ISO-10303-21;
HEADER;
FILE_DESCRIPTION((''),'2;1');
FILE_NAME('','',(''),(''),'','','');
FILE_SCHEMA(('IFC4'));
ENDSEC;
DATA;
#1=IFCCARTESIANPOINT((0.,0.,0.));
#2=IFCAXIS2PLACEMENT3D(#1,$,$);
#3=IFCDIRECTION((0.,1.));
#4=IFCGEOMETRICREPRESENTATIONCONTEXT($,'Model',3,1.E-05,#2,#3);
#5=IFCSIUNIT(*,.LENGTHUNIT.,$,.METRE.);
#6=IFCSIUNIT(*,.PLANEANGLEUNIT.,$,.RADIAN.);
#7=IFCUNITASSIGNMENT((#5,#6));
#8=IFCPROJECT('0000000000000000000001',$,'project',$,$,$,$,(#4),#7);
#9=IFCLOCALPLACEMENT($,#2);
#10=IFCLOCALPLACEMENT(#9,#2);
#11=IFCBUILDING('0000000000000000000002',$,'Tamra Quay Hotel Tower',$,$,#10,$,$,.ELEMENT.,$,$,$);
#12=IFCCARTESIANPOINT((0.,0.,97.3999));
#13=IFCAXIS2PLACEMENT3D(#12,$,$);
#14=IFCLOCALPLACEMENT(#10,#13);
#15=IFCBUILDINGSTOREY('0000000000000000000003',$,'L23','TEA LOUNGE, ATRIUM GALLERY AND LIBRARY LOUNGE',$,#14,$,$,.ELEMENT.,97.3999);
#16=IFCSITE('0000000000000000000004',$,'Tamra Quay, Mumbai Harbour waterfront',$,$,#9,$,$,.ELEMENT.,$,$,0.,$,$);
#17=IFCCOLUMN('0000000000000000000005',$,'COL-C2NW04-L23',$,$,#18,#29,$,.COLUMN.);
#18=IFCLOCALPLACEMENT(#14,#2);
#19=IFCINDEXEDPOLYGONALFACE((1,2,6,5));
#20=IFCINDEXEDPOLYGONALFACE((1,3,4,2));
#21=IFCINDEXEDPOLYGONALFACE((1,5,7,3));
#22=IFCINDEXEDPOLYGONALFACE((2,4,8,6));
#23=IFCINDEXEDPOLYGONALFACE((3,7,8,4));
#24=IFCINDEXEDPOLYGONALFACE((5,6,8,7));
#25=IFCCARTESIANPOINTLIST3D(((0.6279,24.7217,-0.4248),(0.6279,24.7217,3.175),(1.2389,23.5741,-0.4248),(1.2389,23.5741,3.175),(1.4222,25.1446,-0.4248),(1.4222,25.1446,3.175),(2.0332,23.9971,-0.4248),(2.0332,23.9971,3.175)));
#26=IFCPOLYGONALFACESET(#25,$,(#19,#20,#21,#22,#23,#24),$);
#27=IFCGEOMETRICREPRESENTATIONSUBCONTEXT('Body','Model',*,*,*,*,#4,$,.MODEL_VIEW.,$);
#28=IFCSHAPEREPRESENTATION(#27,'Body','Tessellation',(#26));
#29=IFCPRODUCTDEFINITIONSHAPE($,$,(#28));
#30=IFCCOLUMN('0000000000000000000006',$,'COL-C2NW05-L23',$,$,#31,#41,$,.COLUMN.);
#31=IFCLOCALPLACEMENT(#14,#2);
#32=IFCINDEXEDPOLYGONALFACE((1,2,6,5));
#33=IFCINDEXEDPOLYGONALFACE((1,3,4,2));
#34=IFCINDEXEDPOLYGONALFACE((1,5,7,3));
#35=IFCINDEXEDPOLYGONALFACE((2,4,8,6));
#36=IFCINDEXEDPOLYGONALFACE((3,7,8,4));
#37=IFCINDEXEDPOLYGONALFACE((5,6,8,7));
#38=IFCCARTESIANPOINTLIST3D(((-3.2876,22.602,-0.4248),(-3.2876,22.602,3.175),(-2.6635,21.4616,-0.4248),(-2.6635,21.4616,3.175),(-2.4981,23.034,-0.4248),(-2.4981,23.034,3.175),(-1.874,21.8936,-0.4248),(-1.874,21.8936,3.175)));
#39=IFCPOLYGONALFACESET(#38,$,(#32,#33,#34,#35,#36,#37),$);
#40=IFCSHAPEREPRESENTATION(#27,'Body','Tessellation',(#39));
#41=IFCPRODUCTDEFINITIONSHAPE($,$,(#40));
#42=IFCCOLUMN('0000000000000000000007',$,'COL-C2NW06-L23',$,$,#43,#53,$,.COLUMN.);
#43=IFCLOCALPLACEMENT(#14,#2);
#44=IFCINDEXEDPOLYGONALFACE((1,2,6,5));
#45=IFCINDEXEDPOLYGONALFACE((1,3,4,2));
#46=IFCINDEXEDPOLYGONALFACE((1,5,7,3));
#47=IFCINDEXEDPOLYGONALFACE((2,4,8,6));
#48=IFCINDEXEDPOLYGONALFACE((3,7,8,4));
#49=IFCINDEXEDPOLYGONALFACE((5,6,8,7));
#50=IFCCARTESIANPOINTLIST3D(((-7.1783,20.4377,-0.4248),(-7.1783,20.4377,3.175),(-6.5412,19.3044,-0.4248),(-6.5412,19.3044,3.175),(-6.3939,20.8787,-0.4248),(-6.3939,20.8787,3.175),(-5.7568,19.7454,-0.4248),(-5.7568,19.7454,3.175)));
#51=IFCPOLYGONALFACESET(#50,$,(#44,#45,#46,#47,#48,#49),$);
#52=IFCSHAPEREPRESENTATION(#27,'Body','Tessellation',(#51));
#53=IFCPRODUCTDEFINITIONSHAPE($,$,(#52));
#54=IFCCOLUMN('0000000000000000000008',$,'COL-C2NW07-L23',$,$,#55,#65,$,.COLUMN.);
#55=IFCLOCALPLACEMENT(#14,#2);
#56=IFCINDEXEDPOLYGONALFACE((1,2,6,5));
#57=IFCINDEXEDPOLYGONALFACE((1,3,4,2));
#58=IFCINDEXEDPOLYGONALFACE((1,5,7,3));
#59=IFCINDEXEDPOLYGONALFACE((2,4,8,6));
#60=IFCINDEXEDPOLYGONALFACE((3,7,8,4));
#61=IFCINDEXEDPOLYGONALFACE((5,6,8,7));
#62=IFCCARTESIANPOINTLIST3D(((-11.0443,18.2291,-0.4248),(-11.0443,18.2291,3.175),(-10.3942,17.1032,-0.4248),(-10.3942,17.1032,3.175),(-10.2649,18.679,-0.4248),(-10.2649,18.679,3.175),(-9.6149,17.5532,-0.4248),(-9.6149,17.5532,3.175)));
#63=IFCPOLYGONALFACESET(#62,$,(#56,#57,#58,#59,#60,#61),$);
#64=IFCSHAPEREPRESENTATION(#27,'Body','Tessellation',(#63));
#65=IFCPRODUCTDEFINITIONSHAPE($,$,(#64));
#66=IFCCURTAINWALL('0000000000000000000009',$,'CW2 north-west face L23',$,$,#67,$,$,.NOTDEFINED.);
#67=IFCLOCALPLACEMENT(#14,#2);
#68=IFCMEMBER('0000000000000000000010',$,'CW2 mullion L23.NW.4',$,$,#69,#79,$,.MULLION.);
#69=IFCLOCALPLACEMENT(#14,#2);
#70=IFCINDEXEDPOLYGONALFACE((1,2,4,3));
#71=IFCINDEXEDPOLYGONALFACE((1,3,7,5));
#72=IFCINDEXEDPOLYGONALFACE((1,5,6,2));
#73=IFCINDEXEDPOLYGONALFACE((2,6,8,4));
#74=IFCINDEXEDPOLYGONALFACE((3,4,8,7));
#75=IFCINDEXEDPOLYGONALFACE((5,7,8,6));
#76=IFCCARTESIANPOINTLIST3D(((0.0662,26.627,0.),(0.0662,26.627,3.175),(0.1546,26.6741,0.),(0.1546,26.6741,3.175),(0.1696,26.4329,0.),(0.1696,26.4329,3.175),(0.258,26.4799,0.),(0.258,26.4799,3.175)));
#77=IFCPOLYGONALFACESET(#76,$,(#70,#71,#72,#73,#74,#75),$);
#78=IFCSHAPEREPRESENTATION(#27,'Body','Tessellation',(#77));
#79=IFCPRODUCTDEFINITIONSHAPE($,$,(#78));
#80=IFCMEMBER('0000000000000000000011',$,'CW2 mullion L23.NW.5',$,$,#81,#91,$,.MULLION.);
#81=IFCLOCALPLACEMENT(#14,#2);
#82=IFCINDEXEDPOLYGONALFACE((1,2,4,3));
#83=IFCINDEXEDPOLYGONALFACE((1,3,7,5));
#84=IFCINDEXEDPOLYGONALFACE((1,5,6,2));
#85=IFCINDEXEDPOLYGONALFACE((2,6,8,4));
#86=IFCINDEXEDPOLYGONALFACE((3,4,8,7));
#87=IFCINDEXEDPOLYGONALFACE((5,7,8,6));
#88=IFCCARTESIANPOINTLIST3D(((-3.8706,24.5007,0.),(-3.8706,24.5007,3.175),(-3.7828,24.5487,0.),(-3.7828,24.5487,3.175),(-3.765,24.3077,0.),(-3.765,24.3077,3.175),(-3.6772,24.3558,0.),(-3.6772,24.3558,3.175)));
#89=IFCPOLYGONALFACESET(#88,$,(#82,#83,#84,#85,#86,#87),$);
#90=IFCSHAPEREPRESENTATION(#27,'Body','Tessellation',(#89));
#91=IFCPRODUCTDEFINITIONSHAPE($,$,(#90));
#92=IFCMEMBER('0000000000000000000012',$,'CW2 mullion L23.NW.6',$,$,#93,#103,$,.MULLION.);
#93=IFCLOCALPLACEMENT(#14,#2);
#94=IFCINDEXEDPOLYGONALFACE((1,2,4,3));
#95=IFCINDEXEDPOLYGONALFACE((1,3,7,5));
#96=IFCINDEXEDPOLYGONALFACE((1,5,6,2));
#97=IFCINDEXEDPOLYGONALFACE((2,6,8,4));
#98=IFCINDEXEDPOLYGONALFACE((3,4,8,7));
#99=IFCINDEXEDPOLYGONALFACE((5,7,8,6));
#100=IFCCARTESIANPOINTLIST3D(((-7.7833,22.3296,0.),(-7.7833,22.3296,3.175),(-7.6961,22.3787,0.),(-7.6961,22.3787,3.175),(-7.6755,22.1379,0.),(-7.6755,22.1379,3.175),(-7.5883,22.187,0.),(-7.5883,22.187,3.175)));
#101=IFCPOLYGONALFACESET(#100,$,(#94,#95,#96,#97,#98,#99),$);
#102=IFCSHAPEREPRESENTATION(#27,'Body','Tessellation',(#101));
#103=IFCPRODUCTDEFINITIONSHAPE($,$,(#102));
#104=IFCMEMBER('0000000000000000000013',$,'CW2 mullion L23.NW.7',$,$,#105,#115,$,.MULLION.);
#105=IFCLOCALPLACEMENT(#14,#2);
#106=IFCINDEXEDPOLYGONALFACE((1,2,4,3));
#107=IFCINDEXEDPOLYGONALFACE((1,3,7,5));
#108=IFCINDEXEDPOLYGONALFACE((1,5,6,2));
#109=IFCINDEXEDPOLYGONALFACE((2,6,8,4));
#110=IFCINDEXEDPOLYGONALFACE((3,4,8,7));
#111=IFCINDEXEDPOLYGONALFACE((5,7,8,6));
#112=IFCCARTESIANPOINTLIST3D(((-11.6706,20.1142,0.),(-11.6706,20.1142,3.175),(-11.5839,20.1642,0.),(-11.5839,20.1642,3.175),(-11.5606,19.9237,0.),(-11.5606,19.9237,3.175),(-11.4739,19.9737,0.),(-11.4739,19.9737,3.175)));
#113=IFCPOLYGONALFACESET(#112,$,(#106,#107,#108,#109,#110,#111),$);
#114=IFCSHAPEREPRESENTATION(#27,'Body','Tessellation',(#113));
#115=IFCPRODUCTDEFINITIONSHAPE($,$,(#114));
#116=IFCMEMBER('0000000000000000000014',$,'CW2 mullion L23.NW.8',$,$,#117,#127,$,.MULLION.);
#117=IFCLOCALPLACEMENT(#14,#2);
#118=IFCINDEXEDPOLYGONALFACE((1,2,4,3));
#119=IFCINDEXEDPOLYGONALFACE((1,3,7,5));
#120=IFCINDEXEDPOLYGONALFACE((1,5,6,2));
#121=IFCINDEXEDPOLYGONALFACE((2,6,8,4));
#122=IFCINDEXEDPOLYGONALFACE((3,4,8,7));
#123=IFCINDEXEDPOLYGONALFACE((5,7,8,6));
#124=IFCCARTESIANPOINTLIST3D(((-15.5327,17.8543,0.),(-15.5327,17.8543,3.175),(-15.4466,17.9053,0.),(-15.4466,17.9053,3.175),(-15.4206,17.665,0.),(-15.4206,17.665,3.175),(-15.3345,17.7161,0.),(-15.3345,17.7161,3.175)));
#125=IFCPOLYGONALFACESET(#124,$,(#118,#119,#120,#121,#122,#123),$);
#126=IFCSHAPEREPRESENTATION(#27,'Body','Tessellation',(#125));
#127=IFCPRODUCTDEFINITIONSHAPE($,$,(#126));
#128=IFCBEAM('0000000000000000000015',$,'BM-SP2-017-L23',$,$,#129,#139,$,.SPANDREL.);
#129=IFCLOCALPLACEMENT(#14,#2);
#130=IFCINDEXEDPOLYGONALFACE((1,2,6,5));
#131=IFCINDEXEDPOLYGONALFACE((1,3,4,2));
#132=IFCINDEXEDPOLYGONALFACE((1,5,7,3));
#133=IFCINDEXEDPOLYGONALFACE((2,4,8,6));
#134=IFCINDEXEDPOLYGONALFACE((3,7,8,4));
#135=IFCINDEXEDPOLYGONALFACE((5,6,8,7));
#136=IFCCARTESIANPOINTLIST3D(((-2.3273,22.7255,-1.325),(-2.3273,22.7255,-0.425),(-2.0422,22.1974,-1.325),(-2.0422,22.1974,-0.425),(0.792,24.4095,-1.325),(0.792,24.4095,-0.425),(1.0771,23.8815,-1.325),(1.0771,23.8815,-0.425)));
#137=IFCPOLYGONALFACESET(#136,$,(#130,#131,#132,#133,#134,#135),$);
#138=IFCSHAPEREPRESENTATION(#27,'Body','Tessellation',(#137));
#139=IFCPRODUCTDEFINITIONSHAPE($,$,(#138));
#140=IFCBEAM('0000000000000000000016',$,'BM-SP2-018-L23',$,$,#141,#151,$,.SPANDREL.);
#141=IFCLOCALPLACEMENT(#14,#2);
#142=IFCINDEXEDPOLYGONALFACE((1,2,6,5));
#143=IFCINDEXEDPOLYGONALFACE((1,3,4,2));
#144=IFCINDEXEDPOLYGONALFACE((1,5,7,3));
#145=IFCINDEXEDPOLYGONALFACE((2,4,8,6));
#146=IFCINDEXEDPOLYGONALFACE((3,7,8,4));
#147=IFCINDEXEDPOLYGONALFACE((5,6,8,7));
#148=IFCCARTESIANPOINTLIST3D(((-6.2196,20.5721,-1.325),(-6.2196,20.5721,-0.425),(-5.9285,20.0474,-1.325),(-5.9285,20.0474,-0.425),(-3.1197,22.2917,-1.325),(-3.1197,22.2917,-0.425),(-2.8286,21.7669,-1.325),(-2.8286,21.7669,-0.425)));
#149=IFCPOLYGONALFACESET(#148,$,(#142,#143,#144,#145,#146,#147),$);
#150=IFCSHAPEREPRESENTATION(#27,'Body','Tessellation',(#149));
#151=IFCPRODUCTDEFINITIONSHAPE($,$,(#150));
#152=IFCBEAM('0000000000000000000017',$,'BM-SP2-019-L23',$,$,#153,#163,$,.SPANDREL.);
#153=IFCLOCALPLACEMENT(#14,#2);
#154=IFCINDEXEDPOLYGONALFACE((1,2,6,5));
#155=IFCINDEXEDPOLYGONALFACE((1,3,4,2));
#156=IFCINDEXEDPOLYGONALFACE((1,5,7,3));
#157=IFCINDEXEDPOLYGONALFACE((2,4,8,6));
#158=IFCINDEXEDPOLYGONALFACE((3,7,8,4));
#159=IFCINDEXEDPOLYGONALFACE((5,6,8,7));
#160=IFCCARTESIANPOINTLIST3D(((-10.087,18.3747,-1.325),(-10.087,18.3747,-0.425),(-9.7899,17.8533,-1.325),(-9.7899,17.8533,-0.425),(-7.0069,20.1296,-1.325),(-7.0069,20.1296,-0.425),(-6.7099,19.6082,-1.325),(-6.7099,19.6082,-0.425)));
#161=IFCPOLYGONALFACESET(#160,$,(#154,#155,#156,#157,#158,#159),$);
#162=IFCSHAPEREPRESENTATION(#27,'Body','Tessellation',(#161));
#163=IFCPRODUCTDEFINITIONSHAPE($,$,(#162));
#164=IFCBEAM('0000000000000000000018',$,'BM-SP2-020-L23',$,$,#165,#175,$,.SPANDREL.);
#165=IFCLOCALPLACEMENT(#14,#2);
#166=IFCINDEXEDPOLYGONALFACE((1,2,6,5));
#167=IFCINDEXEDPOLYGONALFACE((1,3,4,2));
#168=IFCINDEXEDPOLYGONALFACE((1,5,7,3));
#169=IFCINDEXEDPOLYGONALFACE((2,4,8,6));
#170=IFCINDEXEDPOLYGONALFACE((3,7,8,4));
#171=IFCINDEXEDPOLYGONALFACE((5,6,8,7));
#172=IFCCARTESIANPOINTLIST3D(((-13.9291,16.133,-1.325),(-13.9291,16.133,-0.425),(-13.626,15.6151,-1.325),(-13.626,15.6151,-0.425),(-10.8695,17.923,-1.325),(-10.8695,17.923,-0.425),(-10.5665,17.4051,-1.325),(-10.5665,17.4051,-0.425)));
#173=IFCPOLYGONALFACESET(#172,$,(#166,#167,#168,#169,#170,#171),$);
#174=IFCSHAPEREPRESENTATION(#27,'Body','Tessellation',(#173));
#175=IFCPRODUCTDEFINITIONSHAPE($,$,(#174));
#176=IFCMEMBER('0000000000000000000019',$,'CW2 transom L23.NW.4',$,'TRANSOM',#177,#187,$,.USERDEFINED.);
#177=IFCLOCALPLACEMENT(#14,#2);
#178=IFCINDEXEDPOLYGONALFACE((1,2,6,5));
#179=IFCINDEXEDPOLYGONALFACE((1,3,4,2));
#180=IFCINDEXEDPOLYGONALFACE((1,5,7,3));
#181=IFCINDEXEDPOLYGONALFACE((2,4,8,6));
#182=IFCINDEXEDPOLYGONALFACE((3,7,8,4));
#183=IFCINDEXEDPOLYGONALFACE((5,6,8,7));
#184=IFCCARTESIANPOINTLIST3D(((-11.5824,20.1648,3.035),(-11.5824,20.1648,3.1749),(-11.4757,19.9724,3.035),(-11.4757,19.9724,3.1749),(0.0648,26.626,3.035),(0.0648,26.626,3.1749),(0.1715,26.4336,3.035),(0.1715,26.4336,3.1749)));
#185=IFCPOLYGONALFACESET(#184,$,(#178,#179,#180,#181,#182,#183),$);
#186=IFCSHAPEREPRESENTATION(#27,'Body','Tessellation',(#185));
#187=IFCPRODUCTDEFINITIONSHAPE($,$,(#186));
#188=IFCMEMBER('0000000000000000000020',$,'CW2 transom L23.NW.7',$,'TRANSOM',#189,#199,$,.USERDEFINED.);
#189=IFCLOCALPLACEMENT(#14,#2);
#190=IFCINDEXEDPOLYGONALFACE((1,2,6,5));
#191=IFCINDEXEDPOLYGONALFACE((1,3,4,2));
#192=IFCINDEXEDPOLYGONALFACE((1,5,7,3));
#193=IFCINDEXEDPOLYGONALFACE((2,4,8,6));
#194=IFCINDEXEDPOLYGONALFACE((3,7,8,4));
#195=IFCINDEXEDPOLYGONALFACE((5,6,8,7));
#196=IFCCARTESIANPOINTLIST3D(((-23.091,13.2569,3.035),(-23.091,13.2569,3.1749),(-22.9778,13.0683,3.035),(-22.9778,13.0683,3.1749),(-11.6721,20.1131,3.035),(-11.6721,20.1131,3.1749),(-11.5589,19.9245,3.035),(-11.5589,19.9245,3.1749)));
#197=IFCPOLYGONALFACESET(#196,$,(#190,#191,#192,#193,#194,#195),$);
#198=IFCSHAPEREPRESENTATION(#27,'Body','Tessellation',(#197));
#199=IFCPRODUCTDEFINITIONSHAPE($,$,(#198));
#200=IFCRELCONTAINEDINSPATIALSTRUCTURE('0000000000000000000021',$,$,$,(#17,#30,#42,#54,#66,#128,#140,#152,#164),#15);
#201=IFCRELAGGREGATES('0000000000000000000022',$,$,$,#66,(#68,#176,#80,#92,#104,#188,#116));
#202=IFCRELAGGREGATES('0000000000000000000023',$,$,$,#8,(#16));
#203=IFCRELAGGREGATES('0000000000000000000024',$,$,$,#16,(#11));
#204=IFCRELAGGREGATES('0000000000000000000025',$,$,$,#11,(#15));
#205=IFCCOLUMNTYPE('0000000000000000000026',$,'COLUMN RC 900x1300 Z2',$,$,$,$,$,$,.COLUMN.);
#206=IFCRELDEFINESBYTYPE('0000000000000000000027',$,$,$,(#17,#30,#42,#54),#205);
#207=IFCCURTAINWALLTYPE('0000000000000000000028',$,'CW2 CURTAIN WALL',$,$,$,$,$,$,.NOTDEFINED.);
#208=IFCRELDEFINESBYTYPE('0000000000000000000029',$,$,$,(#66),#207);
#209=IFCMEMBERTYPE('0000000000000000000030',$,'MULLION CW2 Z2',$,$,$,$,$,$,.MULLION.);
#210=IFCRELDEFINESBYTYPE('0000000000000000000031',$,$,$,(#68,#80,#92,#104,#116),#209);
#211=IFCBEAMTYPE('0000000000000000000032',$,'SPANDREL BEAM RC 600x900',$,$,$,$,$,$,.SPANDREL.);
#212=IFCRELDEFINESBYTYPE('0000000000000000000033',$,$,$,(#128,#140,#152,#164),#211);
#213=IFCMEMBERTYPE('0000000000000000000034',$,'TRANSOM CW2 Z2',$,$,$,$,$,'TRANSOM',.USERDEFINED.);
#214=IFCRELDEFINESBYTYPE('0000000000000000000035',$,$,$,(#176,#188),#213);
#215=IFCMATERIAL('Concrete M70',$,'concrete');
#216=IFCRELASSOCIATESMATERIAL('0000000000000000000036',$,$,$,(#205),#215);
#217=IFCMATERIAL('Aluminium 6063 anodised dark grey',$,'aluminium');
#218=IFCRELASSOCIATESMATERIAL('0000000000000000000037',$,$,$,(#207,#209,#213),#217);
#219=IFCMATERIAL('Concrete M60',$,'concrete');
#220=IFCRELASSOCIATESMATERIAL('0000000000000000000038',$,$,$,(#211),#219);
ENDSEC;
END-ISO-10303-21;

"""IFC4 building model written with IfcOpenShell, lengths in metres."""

from ifc_helpers import new_model, si_unit, direction, frame, origin, origin_2d, place, context, subcontext, project, spatial, rectangle, extrude, material, material_profile, profile_set, type_object, element, aggregate, save


model = new_model("IFC4")

# Units and contexts
model_context = context("Model", 3, precision=1e-05, world=origin(), true_north=direction((0.0, 1.0)))
body_context = subcontext(model_context, "Body", "Model", "MODEL_VIEW")
ifc_project = project(units=[si_unit("LENGTHUNIT", "METRE"), si_unit("PLANEANGLEUNIT", "RADIAN")], contexts=[model_context])

# Site, building, storey
site_placement = place(None, origin())
site = spatial("IfcSite", under=ifc_project, at=site_placement, Name="Tamra Quay, Mumbai Harbour waterfront", CompositionType="ELEMENT", RefElevation=0.0)
building_placement = place(site_placement, origin())
building = spatial("IfcBuilding", under=site, at=building_placement, Name="Tamra Quay Hotel Tower", CompositionType="ELEMENT")
storey_placement = place(building_placement, frame((0.0, 0.0, 97.3999)))
storey = spatial("IfcBuildingStorey", under=building, at=storey_placement, Name="L23", Description="TEA LOUNGE, ATRIUM GALLERY AND LIBRARY LOUNGE", CompositionType="ELEMENT", Elevation=97.3999)

# Columns
ifc_material_1 = material(Name="Concrete M70", Category="concrete")
ifc_material_profile_1 = material_profile(ifc_material_1, rectangle(XDim=1.3, YDim=0.8999, at=origin_2d()), Name="COLUMN RC 900x1300 Z2")
ifc_profile_set_1 = profile_set([ifc_material_profile_1], Name="Concrete M70")
column_type = type_object("IfcColumnType", Name="COLUMN RC 900x1300 Z2", PredefinedType="COLUMN", material=ifc_profile_set_1)
for number, where, z_axis, x_axis, name in (
    (1, (1.3306, 24.3594, -0.4248), (0.0, 0.0, 1.0), (-0.470002, 0.882666, 0.0), "COL-C2NW04-L23"),
    (2, (-2.5808, 22.2478, -0.4248), (0.0, 0.0, 1.0), (-0.48006, 0.877236, 0.0), "COL-C2NW05-L23"),
    (3, (-6.4675, 20.0916, -0.4248), (0.0, 0.0, 1.0), (-0.490061, 0.871688, 0.0), "COL-C2NW06-L23"),
    (4, (-10.3296, 17.8911, -0.4248), (0.0, 0.0, 1.0), (-0.5, 0.866025, 0.0), "COL-C2NW07-L23"),
):
    element("IfcColumn", number, at=place(storey_placement, frame(where, z_axis=z_axis, x_axis=x_axis)), inside=storey, type_object=column_type, Name=name, PredefinedType="COLUMN", context=body_context, shape_type="SweptSolid", body=[
        extrude(rectangle(XDim=1.3, YDim=0.8999, at=origin_2d()), origin(), (0.0, 0.0, 1.0), 3.5999),
    ])

# Curtain wall, members
ifc_material_2 = material(Name="Aluminium 6063 anodised dark grey", Category="aluminium")
curtain_wall_type = type_object("IfcCurtainWallType", Name="CW2 CURTAIN WALL", PredefinedType="NOTDEFINED", material=ifc_material_2)
curtain_wall_placement = place(storey_placement, origin())
curtain_wall = element("IfcCurtainWall", 5, at=curtain_wall_placement, inside=storey, type_object=curtain_wall_type, Name="CW2 north-west face L23", PredefinedType="NOTDEFINED")
ifc_material_profile_2 = material_profile(ifc_material_2, rectangle(XDim=0.22, YDim=0.1001, at=origin_2d()), Name="MULLION 100X220")
ifc_profile_set_2 = profile_set([ifc_material_profile_2], Name="Aluminium 6063 anodised dark grey")
member_type_1 = type_object("IfcMemberType", Name="MULLION CW2 Z2", PredefinedType="MULLION", material=ifc_profile_set_2)
member_1_placement = place(storey_placement, frame((0.1621, 26.5535, 0.0), z_axis=(0.0, 0.0, 1.0), x_axis=(-0.470049, 0.88264, 0.0)))
member_1 = element("IfcMember", 6, at=member_1_placement, type_object=member_type_1, Name="CW2 mullion L23.NW.4", PredefinedType="MULLION", context=body_context, shape_type="SweptSolid", body=[
    extrude(rectangle(XDim=0.22, YDim=0.1001, at=origin_2d()), origin(), (0.0, 0.0, 1.0), 3.175),
])
member_2_placement = place(storey_placement, frame((-3.7739, 24.4282, 0.0), z_axis=(0.0, 0.0, 1.0), x_axis=(-0.480089, 0.87722, 0.0)))
member_2 = element("IfcMember", 7, at=member_2_placement, type_object=member_type_1, Name="CW2 mullion L23.NW.5", PredefinedType="MULLION", context=body_context, shape_type="SweptSolid", body=[
    extrude(rectangle(XDim=0.22, YDim=0.1001, at=origin_2d()), origin(), (0.0, 0.0, 1.0), 3.175),
])
member_3_placement = place(storey_placement, frame((-7.6858, 22.2583, 0.0), z_axis=(0.0, 0.0, 1.0), x_axis=(-0.490074, 0.871681, 0.0)))
member_3 = element("IfcMember", 8, at=member_3_placement, type_object=member_type_1, Name="CW2 mullion L23.NW.6", PredefinedType="MULLION", context=body_context, shape_type="SweptSolid", body=[
    extrude(rectangle(XDim=0.22, YDim=0.1001, at=origin_2d()), origin(), (0.0, 0.0, 1.0), 3.175),
])
member_4_placement = place(storey_placement, frame((-11.5723, 20.0439, 0.0), z_axis=(0.0, 0.0, 1.0), x_axis=(-0.5, 0.866025, 0.0)))
member_4 = element("IfcMember", 9, at=member_4_placement, type_object=member_type_1, Name="CW2 mullion L23.NW.7", PredefinedType="MULLION", context=body_context, shape_type="SweptSolid", body=[
    extrude(rectangle(XDim=0.22, YDim=0.1001, at=origin_2d()), origin(), (0.0, 0.0, 1.0), 3.175),
])
member_5_placement = place(storey_placement, frame((-15.4336, 17.7852, 0.0), z_axis=(0.0, 0.0, 1.0), x_axis=(-0.50986, 0.860257, 0.0)))
member_5 = element("IfcMember", 10, at=member_5_placement, type_object=member_type_1, Name="CW2 mullion L23.NW.8", PredefinedType="MULLION", context=body_context, shape_type="SweptSolid", body=[
    extrude(rectangle(XDim=0.22, YDim=0.1001, at=origin_2d()), origin(), (0.0, 0.0, 1.0), 3.175),
])

# Beams
ifc_material_3 = material(Name="Concrete M60", Category="concrete")
ifc_material_profile_3 = material_profile(ifc_material_3, rectangle(XDim=0.6001, YDim=0.8999, at=origin_2d()), Name="SPANDREL BEAM RC 600x900")
ifc_profile_set_3 = profile_set([ifc_material_profile_3], Name="Concrete M60")
beam_type = type_object("IfcBeamType", Name="SPANDREL BEAM RC 600x900", PredefinedType="SPANDREL", material=ifc_profile_set_3)
for number, where, z_axis, x_axis, name in (
    (11, (0.9346, 24.1455, -0.875), (-0.879951, -0.475065, 0.0), (0.475065, -0.879951, 0.0), "BM-SP2-017-L23"),
    (12, (-2.9741, 22.0293, -0.875), (-0.874475, -0.48507, 0.0), (0.48507, -0.874475, 0.0), "BM-SP2-018-L23"),
    (13, (-6.8584, 19.8689, -0.875), (-0.86887, -0.495041, 0.0), (0.495041, -0.86887, 0.0), "BM-SP2-019-L23"),
):
    element("IfcBeam", number, at=place(storey_placement, frame(where, z_axis=z_axis, x_axis=x_axis)), inside=storey, type_object=beam_type, Name=name, PredefinedType="SPANDREL", context=body_context, shape_type="SweptSolid", body=[
        extrude(rectangle(XDim=0.6001, YDim=0.8999, at=origin_2d()), origin(), (0.0, 0.0, 1.0), 3.5449),
    ])
beam_placement = place(storey_placement, frame((-10.718, 17.6641, -0.875), z_axis=(-0.863129, -0.504984, 0.0), x_axis=(0.504984, -0.863129, 0.0)))
element("IfcBeam", 14, at=beam_placement, inside=storey, type_object=beam_type, Name="BM-SP2-020-L23", PredefinedType="SPANDREL", context=body_context, shape_type="SweptSolid", body=[
    extrude(rectangle(XDim=0.6001, YDim=0.8999, at=origin_2d()), origin(), (0.0, 0.0, 1.0), 3.5447),
])

# Members
ifc_material_profile_4 = material_profile(ifc_material_2, rectangle(XDim=0.22, YDim=0.1399, at=origin_2d()), Name="TRANSOM 220X140")
ifc_profile_set_4 = profile_set([ifc_material_profile_4], Name="Aluminium 6063 anodised dark grey")
member_type_2 = type_object("IfcMemberType", Name="TRANSOM CW2 Z2", ElementType="TRANSOM", PredefinedType="USERDEFINED", material=ifc_profile_set_4)
member_6_placement = place(storey_placement, frame((0.1182, 26.5298, 3.105), z_axis=(-0.87446, -0.485098, 0.0), x_axis=(0.485098, -0.87446, 0.0)))
member_6 = element("IfcMember", 15, at=member_6_placement, type_object=member_type_2, Name="CW2 transom L23.NW.4", ObjectType="TRANSOM", PredefinedType="USERDEFINED", context=body_context, shape_type="SweptSolid", body=[
    extrude(rectangle(XDim=0.22, YDim=0.1399, at=origin_2d()), origin(), (0.0, 0.0, 1.0), 13.3193),
])
member_7_placement = place(storey_placement, frame((-11.6155, 20.0188, 3.105), z_axis=(-0.857333, -0.514763, 0.0), x_axis=(0.514763, -0.857333, 0.0)))
member_7 = element("IfcMember", 16, at=member_7_placement, type_object=member_type_2, Name="CW2 transom L23.NW.7", ObjectType="TRANSOM", PredefinedType="USERDEFINED", context=body_context, shape_type="SweptSolid", body=[
    extrude(rectangle(XDim=0.22, YDim=0.1399, at=origin_2d()), origin(), (0.0, 0.0, 1.0), 13.3191),
])

aggregate(curtain_wall, [member_1, member_6, member_2, member_3, member_4, member_7, member_5])

save(model, "model.ifc")
